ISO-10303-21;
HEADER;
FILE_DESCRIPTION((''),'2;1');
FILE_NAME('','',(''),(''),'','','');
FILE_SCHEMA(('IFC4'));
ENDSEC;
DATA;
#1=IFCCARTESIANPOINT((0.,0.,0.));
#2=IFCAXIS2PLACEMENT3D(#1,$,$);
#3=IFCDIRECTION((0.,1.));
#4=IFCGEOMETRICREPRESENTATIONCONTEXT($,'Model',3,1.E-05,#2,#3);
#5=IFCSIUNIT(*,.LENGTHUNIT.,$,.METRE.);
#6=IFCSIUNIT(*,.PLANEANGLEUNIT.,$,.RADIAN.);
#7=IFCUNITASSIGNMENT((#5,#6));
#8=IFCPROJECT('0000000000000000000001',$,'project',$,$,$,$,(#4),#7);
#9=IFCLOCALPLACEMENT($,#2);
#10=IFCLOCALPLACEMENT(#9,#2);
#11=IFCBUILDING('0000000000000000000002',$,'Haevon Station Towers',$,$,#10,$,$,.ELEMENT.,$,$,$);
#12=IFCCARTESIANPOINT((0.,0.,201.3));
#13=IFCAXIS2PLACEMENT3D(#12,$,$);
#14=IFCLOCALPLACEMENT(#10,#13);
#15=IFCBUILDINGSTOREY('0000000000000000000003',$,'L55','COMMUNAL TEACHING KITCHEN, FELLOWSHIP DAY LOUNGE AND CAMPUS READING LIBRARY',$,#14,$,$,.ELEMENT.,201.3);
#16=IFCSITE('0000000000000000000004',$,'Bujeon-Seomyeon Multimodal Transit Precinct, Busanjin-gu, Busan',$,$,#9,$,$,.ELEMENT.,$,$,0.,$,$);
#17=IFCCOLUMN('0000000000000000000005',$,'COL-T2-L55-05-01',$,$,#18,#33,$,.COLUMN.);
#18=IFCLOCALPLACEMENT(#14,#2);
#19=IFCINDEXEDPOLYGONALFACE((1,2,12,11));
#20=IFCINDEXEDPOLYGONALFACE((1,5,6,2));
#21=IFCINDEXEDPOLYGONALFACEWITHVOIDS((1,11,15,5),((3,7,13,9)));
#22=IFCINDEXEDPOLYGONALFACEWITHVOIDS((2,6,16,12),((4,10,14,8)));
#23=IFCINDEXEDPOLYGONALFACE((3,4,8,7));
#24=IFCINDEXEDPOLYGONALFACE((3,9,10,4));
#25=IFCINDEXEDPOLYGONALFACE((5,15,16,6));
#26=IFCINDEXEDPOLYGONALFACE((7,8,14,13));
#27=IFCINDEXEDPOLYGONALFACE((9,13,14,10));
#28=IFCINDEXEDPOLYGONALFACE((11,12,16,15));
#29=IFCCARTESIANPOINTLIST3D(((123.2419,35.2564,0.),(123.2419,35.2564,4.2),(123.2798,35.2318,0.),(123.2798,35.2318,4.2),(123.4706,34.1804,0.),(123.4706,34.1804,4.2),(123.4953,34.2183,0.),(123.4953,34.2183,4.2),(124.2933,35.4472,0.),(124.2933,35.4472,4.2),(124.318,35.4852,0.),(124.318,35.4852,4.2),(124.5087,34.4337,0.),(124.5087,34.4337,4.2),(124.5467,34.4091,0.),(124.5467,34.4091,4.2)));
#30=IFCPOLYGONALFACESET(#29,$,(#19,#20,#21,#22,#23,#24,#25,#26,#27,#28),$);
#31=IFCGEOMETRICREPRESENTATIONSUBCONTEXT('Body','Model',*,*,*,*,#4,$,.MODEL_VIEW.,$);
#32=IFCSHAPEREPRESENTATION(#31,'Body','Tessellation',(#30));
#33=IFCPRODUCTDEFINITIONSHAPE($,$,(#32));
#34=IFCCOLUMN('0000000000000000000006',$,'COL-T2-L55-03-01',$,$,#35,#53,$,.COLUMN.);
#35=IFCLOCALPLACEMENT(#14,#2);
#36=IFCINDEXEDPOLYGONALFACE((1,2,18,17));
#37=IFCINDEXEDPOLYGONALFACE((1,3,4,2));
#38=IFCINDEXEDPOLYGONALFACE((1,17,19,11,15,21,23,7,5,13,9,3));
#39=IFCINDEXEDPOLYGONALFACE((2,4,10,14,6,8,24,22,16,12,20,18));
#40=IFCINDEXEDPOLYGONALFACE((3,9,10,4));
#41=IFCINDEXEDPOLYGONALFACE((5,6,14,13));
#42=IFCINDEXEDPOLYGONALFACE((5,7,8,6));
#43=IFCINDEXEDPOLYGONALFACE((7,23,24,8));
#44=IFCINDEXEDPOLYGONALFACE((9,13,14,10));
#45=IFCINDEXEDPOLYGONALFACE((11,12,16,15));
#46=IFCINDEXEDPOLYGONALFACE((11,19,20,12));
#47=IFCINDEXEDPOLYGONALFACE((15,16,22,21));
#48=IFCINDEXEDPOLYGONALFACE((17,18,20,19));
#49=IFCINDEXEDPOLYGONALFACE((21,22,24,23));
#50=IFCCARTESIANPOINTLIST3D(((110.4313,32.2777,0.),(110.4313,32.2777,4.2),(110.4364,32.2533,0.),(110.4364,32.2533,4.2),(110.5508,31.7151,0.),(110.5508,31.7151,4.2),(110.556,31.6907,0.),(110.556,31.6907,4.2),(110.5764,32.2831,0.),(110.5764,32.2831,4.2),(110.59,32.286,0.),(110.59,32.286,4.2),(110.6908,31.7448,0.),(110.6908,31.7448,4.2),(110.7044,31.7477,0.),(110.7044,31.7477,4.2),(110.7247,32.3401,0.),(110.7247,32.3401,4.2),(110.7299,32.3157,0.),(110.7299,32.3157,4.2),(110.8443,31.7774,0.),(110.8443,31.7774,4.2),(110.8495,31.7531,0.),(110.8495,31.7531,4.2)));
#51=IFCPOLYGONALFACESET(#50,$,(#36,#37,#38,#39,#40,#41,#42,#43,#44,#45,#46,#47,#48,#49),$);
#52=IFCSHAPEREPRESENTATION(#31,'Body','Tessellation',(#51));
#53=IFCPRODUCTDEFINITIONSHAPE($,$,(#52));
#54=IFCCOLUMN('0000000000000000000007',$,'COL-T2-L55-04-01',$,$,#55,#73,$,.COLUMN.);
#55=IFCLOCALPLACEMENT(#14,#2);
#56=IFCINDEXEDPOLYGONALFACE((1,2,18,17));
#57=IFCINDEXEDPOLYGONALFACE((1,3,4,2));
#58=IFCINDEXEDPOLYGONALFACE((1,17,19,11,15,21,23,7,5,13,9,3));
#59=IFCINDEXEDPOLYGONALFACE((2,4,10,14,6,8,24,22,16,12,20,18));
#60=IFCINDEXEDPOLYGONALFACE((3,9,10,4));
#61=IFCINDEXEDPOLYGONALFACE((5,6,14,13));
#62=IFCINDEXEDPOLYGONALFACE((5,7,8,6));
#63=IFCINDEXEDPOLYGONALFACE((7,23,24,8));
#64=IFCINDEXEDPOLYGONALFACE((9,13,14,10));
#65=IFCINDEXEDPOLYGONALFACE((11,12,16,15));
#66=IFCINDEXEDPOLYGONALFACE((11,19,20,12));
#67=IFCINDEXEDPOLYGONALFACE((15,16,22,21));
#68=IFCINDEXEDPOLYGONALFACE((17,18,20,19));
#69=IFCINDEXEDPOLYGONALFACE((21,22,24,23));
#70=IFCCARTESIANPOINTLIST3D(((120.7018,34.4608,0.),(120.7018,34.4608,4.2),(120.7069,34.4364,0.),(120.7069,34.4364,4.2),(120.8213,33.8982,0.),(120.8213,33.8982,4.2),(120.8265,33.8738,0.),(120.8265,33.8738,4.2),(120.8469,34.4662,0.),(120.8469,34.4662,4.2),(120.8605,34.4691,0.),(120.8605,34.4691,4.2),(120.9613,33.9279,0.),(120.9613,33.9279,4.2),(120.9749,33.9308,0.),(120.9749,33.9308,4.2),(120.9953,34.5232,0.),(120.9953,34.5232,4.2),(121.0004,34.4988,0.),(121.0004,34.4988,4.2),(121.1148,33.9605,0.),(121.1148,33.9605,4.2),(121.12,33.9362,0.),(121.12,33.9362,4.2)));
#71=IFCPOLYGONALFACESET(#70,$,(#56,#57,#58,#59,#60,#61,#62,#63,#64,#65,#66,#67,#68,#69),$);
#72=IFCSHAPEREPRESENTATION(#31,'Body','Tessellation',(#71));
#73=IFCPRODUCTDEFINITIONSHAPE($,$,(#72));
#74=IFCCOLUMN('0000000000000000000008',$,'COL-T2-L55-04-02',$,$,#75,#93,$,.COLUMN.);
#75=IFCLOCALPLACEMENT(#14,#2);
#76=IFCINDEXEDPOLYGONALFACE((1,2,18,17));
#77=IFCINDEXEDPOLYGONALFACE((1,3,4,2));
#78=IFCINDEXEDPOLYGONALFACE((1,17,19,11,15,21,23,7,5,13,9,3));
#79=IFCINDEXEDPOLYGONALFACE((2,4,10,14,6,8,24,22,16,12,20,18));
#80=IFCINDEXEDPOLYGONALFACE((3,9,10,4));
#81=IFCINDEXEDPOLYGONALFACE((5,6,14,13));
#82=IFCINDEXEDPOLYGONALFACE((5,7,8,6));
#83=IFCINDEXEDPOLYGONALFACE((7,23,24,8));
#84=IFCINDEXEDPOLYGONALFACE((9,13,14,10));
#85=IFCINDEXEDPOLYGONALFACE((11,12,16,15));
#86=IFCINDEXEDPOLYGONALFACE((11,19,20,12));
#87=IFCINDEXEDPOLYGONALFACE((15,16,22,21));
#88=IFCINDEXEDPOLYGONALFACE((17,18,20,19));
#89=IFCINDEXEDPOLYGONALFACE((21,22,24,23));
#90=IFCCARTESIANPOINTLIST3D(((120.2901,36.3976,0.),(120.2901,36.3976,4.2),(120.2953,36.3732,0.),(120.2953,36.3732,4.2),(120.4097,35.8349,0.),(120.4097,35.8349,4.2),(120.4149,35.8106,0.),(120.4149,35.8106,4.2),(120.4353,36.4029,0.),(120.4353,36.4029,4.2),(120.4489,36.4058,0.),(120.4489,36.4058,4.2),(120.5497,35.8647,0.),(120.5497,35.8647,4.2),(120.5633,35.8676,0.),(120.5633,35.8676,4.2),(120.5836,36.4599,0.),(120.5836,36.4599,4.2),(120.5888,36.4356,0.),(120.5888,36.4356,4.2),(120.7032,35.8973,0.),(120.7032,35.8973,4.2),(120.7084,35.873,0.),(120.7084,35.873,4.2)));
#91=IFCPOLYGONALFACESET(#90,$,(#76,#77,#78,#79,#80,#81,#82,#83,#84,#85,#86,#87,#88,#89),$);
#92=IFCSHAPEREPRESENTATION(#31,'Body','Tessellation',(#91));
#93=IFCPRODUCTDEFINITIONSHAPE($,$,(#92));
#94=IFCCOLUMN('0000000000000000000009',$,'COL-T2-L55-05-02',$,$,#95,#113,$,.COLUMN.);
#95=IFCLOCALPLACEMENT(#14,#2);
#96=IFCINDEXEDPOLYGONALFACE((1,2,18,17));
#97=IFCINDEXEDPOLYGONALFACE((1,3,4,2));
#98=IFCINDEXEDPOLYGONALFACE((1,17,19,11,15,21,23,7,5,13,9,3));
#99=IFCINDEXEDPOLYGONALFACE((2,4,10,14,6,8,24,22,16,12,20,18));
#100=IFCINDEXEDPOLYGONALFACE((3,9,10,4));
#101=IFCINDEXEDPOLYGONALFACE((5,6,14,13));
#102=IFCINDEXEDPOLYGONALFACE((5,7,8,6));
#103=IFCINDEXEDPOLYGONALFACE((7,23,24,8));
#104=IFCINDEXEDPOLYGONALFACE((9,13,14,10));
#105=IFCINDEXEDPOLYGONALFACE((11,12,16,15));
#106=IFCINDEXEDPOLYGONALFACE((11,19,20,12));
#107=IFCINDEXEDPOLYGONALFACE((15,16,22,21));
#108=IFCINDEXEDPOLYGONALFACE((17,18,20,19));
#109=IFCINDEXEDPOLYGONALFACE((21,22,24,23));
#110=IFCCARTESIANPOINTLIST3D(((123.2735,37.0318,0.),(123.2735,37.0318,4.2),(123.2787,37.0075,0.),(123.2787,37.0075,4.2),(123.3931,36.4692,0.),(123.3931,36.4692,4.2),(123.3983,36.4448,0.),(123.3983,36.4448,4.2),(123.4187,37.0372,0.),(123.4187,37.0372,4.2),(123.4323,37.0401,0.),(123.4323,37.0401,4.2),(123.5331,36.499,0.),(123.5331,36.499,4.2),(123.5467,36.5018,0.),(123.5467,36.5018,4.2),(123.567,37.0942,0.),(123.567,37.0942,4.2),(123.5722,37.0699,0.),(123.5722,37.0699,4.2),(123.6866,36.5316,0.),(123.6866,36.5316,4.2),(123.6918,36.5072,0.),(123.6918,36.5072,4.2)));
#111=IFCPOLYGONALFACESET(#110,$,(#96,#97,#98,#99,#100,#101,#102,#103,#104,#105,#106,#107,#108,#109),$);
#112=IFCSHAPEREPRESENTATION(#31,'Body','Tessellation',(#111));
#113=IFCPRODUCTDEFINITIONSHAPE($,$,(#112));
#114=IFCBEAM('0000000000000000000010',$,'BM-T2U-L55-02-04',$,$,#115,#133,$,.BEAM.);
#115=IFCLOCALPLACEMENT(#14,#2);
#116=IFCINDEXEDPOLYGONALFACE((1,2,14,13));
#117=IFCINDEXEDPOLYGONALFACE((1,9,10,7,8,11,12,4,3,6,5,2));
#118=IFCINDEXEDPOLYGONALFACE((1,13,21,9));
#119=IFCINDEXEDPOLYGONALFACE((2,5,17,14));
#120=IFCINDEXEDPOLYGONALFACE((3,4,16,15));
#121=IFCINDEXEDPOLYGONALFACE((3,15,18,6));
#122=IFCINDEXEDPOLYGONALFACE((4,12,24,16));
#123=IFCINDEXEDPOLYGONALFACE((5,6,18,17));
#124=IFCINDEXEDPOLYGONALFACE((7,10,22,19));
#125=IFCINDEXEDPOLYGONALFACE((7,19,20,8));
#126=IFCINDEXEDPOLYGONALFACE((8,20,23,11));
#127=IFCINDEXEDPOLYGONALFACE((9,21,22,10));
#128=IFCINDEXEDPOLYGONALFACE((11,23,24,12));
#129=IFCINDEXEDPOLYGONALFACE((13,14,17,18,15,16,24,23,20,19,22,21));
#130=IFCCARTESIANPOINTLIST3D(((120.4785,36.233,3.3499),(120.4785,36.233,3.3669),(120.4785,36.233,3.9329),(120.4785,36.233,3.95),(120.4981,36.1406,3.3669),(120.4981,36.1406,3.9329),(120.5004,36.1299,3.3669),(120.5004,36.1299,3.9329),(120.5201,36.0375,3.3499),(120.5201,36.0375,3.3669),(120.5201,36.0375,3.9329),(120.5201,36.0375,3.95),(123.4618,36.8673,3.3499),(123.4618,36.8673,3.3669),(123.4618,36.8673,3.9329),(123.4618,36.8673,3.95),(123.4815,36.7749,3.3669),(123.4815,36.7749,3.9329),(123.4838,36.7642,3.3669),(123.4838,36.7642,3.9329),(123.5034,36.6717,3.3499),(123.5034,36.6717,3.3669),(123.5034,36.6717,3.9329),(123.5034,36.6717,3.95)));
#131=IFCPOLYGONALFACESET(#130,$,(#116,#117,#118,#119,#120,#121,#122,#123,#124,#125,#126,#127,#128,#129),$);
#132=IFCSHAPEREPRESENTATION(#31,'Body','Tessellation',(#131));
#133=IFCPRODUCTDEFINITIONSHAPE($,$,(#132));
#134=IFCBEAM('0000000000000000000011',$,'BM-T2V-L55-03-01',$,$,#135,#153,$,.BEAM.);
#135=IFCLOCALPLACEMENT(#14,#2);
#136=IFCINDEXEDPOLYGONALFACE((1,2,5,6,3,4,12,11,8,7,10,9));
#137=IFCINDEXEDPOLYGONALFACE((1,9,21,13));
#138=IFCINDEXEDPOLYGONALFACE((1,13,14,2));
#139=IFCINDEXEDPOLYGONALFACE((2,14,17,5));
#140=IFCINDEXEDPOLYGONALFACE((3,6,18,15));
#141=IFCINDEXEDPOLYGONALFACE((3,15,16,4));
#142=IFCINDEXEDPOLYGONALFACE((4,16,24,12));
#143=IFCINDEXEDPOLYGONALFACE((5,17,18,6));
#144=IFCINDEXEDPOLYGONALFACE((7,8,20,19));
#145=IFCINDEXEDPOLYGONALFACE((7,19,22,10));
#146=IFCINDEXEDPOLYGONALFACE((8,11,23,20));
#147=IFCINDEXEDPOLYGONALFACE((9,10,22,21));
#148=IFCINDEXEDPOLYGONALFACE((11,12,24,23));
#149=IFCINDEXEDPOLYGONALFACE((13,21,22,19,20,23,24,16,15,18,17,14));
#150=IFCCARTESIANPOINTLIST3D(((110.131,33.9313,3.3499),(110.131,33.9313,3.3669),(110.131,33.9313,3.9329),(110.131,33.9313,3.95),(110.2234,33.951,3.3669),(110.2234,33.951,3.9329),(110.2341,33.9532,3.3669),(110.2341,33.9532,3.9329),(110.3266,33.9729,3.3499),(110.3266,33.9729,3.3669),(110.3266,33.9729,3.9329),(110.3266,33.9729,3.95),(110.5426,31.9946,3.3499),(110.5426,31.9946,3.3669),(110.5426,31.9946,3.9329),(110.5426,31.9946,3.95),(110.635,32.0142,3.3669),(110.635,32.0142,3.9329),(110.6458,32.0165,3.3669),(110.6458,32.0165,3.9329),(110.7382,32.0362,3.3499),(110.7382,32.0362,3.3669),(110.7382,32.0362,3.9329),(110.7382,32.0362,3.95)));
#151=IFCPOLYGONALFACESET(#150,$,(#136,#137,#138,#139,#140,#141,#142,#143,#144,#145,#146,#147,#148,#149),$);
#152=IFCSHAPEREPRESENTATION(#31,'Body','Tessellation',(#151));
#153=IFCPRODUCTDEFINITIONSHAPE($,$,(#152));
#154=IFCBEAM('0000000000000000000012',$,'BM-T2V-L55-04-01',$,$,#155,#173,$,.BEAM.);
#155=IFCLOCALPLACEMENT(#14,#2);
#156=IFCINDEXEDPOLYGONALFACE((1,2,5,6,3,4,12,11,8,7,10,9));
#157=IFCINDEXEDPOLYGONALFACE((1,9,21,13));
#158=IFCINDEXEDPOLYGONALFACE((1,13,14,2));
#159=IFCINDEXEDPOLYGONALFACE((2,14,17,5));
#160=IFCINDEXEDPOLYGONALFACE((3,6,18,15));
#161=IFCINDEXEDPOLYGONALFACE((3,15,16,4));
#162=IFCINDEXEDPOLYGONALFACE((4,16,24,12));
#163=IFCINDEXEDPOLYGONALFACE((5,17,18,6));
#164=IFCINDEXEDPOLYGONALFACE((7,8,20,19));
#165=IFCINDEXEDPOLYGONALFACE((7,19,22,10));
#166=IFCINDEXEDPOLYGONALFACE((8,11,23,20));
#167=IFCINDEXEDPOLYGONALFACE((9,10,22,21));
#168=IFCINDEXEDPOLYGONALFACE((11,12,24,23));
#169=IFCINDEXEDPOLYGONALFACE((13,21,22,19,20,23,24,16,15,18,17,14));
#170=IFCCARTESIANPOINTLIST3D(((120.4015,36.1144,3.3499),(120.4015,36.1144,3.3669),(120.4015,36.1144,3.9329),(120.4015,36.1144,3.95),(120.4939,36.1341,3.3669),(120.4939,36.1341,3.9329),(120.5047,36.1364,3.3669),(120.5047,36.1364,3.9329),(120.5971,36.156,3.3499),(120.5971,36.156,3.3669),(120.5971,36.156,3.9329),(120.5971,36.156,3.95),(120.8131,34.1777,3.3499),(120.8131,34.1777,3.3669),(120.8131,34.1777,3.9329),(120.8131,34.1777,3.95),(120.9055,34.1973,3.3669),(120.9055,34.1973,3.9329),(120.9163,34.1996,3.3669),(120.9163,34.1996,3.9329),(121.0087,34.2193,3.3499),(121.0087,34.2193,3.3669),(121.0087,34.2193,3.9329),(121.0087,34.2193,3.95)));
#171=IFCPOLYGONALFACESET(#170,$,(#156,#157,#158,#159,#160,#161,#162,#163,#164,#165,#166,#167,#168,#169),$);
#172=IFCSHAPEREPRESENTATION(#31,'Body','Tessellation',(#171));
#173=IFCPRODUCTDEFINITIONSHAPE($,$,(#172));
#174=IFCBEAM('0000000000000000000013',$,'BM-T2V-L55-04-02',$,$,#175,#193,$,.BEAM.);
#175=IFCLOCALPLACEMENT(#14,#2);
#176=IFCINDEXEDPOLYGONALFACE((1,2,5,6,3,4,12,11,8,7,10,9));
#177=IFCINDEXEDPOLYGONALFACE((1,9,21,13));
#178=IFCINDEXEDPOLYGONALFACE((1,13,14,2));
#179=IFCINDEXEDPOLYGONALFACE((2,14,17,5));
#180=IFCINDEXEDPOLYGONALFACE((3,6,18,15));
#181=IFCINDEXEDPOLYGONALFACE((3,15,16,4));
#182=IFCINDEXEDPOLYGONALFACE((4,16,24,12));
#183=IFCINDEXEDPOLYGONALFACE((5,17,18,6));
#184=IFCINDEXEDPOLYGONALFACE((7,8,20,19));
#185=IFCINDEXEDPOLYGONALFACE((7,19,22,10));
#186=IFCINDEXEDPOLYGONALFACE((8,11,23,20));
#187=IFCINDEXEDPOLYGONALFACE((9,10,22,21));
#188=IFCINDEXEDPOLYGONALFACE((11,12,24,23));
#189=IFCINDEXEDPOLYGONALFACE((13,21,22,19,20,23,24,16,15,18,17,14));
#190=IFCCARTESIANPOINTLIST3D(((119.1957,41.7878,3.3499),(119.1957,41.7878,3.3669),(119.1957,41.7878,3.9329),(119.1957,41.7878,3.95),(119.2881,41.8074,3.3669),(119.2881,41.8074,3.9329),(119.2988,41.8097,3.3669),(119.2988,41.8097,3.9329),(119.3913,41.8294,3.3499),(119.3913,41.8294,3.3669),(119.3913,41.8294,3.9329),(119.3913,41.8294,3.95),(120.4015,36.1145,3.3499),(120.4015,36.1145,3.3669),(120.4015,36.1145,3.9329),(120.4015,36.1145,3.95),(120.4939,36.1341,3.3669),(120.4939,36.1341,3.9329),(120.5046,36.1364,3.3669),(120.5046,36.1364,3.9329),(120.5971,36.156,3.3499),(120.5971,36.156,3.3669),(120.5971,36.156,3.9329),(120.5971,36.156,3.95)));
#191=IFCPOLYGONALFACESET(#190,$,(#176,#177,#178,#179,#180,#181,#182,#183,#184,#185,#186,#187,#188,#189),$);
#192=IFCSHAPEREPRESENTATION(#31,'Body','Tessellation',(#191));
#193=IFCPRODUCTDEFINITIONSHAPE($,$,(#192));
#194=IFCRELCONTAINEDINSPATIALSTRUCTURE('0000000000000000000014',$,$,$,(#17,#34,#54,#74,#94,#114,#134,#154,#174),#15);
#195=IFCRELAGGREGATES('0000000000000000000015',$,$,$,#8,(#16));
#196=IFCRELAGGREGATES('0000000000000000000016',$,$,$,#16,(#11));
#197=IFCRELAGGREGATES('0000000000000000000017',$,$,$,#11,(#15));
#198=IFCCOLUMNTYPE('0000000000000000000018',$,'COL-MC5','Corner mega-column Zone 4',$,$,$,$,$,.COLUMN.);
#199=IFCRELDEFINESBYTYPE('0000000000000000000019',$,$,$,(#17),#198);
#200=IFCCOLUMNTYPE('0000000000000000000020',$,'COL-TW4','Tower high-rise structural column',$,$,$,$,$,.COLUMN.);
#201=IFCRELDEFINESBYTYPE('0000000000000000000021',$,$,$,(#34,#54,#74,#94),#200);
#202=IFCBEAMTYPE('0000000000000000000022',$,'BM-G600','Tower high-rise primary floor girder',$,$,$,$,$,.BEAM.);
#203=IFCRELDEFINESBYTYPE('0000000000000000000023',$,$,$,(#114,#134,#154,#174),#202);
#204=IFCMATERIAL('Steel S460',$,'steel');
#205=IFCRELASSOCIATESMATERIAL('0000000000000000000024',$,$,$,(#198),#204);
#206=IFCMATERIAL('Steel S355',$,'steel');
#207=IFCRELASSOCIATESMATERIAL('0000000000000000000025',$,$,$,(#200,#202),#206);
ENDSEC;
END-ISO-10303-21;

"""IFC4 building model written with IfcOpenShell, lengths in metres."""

from ifc_helpers import new_model, si_unit, direction, frame, origin, origin_2d, place, context, subcontext, project, spatial, hollow_rectangle, i_section, extrude, material, material_profile, profile_set, type_object, element, save


model = new_model("IFC4")

# Units and contexts
model_context = context("Model", 3, precision=1e-05, world=origin(), true_north=direction((0.0, 1.0)))
body_context = subcontext(model_context, "Body", "Model", "MODEL_VIEW")
ifc_project = project(units=[si_unit("LENGTHUNIT", "METRE"), si_unit("PLANEANGLEUNIT", "RADIAN")], contexts=[model_context])

# Site, building, storey
site_placement = place(None, origin())
site = spatial("IfcSite", under=ifc_project, at=site_placement, Name="Bujeon-Seomyeon Multimodal Transit Precinct, Busanjin-gu, Busan", CompositionType="ELEMENT", RefElevation=0.0)
building_placement = place(site_placement, origin())
building = spatial("IfcBuilding", under=site, at=building_placement, Name="Haevon Station Towers", CompositionType="ELEMENT")
storey_placement = place(building_placement, frame((0.0, 0.0, 201.3)))
storey = spatial("IfcBuildingStorey", under=building, at=storey_placement, Name="L55", Description="COMMUNAL TEACHING KITCHEN, FELLOWSHIP DAY LOUNGE AND CAMPUS READING LIBRARY", CompositionType="ELEMENT", Elevation=201.3)

# Columns
ifc_material_1 = material(Name="Steel S460", Category="steel")
ifc_material_profile_1 = material_profile(ifc_material_1, hollow_rectangle(XDim=1.1001, YDim=1.1001, WallThickness=0.032, at=origin_2d()), Name="BOX-1100x1100x32")
ifc_profile_set_1 = profile_set([ifc_material_profile_1], Name="Steel S460")
column_type_1 = type_object("IfcColumnType", Name="COL-MC5", Description="Corner mega-column Zone 4", PredefinedType="COLUMN", material=ifc_profile_set_1)
column_placement = place(storey_placement, frame((123.8943, 34.8328, 0.0), z_axis=(0.0, 0.0, 1.0), x_axis=(0.978148, 0.207912, 0.0)))
element("IfcColumn", 1, at=column_placement, inside=storey, type_object=column_type_1, Name="COL-T2-L55-05-01", PredefinedType="COLUMN", context=body_context, shape_type="SweptSolid", body=[
    extrude(hollow_rectangle(XDim=1.1001, YDim=1.1001, WallThickness=0.032, at=origin_2d()), origin(), (0.0, 0.0, 1.0), 4.2),
])
ifc_material_2 = material(Name="Steel S355", Category="steel")
ifc_material_profile_2 = material_profile(ifc_material_2, i_section(OverallWidth=0.3, OverallDepth=0.6001, WebThickness=0.0139, FlangeThickness=0.0249, at=origin_2d()), Name="H-600x300x14x25")
ifc_profile_set_2 = profile_set([ifc_material_profile_2], Name="Steel S355")
column_type_2 = type_object("IfcColumnType", Name="COL-TW4", Description="Tower high-rise structural column", PredefinedType="COLUMN", material=ifc_profile_set_2)
for number, where, z_axis, x_axis, name in (
    (2, (110.6404, 32.0154, 0.0), (0.0, 0.0, 1.0), (0.978148, 0.207912, 0.0), "COL-T2-L55-03-01"),
    (3, (120.9109, 34.1985, 0.0), (0.0, 0.0, 1.0), (0.978148, 0.207912, 0.0), "COL-T2-L55-04-01"),
    (4, (120.4993, 36.1353, 0.0), (0.0, 0.0, 1.0), (0.978148, 0.207912, 0.0), "COL-T2-L55-04-02"),
    (5, (123.4827, 36.7695, 0.0), (0.0, 0.0, 1.0), (0.978148, 0.207912, 0.0), "COL-T2-L55-05-02"),
):
    element("IfcColumn", number, at=place(storey_placement, frame(where, z_axis=z_axis, x_axis=x_axis)), inside=storey, type_object=column_type_2, Name=name, PredefinedType="COLUMN", context=body_context, shape_type="SweptSolid", body=[
        extrude(i_section(OverallWidth=0.3, OverallDepth=0.6001, WebThickness=0.0139, FlangeThickness=0.0249, at=origin_2d()), origin(), (0.0, 0.0, 1.0), 4.2),
    ])

# Beams
ifc_material_profile_3 = material_profile(ifc_material_2, i_section(OverallWidth=0.2, OverallDepth=0.6001, WebThickness=0.011, FlangeThickness=0.0171, at=origin_2d()), Name="H-600x200x11x17")
ifc_profile_set_3 = profile_set([ifc_material_profile_3], Name="Steel S355")
beam_type_1 = type_object("IfcBeamType", Name="BM-G600", Description="Tower high-rise primary floor girder", PredefinedType="BEAM", material=ifc_profile_set_3)
beam_1_placement = place(storey_placement, frame((120.4993, 36.1353, 3.6499), z_axis=(0.978139, 0.207954, 0.0), x_axis=(-0.207954, 0.978139, 0.0)))
element("IfcBeam", 6, at=beam_1_placement, inside=storey, type_object=beam_type_1, Name="BM-T2U-L55-02-04", PredefinedType="BEAM", context=body_context, shape_type="SweptSolid", body=[
    extrude(i_section(OverallWidth=0.2, OverallDepth=0.6001, WebThickness=0.011, FlangeThickness=0.0171, at=origin_2d()), origin(), (0.0, 0.0, 1.0), 3.05),
])
for number, where, z_axis, x_axis, name in (
    (7, (110.6404, 32.0154, 3.6499), (-0.207887, 0.978153, 0.0), (-0.978153, -0.207887, 0.0), "BM-T2V-L55-03-01"),
    (8, (120.9109, 34.1985, 3.6499), (-0.207887, 0.978153, 0.0), (-0.978153, -0.207887, 0.0), "BM-T2V-L55-04-01"),
):
    element("IfcBeam", number, at=place(storey_placement, frame(where, z_axis=z_axis, x_axis=x_axis)), inside=storey, type_object=beam_type_1, Name=name, PredefinedType="BEAM", context=body_context, shape_type="SweptSolid", body=[
        extrude(i_section(OverallWidth=0.2, OverallDepth=0.6001, WebThickness=0.011, FlangeThickness=0.0171, at=origin_2d()), origin(), (0.0, 0.0, 1.0), 1.98),
    ])
beam_2_placement = place(storey_placement, frame((120.4993, 36.1353, 3.6499), z_axis=(-0.207896, 0.978151, 0.0), x_axis=(-0.978151, -0.207896, 0.0)))
element("IfcBeam", 9, at=beam_2_placement, inside=storey, type_object=beam_type_1, Name="BM-T2V-L55-04-02", PredefinedType="BEAM", context=body_context, shape_type="SweptSolid", body=[
    extrude(i_section(OverallWidth=0.2, OverallDepth=0.6001, WebThickness=0.011, FlangeThickness=0.0171, at=origin_2d()), origin(), (0.0, 0.0, 1.0), 5.8),
])

save(model, "model.ifc")
